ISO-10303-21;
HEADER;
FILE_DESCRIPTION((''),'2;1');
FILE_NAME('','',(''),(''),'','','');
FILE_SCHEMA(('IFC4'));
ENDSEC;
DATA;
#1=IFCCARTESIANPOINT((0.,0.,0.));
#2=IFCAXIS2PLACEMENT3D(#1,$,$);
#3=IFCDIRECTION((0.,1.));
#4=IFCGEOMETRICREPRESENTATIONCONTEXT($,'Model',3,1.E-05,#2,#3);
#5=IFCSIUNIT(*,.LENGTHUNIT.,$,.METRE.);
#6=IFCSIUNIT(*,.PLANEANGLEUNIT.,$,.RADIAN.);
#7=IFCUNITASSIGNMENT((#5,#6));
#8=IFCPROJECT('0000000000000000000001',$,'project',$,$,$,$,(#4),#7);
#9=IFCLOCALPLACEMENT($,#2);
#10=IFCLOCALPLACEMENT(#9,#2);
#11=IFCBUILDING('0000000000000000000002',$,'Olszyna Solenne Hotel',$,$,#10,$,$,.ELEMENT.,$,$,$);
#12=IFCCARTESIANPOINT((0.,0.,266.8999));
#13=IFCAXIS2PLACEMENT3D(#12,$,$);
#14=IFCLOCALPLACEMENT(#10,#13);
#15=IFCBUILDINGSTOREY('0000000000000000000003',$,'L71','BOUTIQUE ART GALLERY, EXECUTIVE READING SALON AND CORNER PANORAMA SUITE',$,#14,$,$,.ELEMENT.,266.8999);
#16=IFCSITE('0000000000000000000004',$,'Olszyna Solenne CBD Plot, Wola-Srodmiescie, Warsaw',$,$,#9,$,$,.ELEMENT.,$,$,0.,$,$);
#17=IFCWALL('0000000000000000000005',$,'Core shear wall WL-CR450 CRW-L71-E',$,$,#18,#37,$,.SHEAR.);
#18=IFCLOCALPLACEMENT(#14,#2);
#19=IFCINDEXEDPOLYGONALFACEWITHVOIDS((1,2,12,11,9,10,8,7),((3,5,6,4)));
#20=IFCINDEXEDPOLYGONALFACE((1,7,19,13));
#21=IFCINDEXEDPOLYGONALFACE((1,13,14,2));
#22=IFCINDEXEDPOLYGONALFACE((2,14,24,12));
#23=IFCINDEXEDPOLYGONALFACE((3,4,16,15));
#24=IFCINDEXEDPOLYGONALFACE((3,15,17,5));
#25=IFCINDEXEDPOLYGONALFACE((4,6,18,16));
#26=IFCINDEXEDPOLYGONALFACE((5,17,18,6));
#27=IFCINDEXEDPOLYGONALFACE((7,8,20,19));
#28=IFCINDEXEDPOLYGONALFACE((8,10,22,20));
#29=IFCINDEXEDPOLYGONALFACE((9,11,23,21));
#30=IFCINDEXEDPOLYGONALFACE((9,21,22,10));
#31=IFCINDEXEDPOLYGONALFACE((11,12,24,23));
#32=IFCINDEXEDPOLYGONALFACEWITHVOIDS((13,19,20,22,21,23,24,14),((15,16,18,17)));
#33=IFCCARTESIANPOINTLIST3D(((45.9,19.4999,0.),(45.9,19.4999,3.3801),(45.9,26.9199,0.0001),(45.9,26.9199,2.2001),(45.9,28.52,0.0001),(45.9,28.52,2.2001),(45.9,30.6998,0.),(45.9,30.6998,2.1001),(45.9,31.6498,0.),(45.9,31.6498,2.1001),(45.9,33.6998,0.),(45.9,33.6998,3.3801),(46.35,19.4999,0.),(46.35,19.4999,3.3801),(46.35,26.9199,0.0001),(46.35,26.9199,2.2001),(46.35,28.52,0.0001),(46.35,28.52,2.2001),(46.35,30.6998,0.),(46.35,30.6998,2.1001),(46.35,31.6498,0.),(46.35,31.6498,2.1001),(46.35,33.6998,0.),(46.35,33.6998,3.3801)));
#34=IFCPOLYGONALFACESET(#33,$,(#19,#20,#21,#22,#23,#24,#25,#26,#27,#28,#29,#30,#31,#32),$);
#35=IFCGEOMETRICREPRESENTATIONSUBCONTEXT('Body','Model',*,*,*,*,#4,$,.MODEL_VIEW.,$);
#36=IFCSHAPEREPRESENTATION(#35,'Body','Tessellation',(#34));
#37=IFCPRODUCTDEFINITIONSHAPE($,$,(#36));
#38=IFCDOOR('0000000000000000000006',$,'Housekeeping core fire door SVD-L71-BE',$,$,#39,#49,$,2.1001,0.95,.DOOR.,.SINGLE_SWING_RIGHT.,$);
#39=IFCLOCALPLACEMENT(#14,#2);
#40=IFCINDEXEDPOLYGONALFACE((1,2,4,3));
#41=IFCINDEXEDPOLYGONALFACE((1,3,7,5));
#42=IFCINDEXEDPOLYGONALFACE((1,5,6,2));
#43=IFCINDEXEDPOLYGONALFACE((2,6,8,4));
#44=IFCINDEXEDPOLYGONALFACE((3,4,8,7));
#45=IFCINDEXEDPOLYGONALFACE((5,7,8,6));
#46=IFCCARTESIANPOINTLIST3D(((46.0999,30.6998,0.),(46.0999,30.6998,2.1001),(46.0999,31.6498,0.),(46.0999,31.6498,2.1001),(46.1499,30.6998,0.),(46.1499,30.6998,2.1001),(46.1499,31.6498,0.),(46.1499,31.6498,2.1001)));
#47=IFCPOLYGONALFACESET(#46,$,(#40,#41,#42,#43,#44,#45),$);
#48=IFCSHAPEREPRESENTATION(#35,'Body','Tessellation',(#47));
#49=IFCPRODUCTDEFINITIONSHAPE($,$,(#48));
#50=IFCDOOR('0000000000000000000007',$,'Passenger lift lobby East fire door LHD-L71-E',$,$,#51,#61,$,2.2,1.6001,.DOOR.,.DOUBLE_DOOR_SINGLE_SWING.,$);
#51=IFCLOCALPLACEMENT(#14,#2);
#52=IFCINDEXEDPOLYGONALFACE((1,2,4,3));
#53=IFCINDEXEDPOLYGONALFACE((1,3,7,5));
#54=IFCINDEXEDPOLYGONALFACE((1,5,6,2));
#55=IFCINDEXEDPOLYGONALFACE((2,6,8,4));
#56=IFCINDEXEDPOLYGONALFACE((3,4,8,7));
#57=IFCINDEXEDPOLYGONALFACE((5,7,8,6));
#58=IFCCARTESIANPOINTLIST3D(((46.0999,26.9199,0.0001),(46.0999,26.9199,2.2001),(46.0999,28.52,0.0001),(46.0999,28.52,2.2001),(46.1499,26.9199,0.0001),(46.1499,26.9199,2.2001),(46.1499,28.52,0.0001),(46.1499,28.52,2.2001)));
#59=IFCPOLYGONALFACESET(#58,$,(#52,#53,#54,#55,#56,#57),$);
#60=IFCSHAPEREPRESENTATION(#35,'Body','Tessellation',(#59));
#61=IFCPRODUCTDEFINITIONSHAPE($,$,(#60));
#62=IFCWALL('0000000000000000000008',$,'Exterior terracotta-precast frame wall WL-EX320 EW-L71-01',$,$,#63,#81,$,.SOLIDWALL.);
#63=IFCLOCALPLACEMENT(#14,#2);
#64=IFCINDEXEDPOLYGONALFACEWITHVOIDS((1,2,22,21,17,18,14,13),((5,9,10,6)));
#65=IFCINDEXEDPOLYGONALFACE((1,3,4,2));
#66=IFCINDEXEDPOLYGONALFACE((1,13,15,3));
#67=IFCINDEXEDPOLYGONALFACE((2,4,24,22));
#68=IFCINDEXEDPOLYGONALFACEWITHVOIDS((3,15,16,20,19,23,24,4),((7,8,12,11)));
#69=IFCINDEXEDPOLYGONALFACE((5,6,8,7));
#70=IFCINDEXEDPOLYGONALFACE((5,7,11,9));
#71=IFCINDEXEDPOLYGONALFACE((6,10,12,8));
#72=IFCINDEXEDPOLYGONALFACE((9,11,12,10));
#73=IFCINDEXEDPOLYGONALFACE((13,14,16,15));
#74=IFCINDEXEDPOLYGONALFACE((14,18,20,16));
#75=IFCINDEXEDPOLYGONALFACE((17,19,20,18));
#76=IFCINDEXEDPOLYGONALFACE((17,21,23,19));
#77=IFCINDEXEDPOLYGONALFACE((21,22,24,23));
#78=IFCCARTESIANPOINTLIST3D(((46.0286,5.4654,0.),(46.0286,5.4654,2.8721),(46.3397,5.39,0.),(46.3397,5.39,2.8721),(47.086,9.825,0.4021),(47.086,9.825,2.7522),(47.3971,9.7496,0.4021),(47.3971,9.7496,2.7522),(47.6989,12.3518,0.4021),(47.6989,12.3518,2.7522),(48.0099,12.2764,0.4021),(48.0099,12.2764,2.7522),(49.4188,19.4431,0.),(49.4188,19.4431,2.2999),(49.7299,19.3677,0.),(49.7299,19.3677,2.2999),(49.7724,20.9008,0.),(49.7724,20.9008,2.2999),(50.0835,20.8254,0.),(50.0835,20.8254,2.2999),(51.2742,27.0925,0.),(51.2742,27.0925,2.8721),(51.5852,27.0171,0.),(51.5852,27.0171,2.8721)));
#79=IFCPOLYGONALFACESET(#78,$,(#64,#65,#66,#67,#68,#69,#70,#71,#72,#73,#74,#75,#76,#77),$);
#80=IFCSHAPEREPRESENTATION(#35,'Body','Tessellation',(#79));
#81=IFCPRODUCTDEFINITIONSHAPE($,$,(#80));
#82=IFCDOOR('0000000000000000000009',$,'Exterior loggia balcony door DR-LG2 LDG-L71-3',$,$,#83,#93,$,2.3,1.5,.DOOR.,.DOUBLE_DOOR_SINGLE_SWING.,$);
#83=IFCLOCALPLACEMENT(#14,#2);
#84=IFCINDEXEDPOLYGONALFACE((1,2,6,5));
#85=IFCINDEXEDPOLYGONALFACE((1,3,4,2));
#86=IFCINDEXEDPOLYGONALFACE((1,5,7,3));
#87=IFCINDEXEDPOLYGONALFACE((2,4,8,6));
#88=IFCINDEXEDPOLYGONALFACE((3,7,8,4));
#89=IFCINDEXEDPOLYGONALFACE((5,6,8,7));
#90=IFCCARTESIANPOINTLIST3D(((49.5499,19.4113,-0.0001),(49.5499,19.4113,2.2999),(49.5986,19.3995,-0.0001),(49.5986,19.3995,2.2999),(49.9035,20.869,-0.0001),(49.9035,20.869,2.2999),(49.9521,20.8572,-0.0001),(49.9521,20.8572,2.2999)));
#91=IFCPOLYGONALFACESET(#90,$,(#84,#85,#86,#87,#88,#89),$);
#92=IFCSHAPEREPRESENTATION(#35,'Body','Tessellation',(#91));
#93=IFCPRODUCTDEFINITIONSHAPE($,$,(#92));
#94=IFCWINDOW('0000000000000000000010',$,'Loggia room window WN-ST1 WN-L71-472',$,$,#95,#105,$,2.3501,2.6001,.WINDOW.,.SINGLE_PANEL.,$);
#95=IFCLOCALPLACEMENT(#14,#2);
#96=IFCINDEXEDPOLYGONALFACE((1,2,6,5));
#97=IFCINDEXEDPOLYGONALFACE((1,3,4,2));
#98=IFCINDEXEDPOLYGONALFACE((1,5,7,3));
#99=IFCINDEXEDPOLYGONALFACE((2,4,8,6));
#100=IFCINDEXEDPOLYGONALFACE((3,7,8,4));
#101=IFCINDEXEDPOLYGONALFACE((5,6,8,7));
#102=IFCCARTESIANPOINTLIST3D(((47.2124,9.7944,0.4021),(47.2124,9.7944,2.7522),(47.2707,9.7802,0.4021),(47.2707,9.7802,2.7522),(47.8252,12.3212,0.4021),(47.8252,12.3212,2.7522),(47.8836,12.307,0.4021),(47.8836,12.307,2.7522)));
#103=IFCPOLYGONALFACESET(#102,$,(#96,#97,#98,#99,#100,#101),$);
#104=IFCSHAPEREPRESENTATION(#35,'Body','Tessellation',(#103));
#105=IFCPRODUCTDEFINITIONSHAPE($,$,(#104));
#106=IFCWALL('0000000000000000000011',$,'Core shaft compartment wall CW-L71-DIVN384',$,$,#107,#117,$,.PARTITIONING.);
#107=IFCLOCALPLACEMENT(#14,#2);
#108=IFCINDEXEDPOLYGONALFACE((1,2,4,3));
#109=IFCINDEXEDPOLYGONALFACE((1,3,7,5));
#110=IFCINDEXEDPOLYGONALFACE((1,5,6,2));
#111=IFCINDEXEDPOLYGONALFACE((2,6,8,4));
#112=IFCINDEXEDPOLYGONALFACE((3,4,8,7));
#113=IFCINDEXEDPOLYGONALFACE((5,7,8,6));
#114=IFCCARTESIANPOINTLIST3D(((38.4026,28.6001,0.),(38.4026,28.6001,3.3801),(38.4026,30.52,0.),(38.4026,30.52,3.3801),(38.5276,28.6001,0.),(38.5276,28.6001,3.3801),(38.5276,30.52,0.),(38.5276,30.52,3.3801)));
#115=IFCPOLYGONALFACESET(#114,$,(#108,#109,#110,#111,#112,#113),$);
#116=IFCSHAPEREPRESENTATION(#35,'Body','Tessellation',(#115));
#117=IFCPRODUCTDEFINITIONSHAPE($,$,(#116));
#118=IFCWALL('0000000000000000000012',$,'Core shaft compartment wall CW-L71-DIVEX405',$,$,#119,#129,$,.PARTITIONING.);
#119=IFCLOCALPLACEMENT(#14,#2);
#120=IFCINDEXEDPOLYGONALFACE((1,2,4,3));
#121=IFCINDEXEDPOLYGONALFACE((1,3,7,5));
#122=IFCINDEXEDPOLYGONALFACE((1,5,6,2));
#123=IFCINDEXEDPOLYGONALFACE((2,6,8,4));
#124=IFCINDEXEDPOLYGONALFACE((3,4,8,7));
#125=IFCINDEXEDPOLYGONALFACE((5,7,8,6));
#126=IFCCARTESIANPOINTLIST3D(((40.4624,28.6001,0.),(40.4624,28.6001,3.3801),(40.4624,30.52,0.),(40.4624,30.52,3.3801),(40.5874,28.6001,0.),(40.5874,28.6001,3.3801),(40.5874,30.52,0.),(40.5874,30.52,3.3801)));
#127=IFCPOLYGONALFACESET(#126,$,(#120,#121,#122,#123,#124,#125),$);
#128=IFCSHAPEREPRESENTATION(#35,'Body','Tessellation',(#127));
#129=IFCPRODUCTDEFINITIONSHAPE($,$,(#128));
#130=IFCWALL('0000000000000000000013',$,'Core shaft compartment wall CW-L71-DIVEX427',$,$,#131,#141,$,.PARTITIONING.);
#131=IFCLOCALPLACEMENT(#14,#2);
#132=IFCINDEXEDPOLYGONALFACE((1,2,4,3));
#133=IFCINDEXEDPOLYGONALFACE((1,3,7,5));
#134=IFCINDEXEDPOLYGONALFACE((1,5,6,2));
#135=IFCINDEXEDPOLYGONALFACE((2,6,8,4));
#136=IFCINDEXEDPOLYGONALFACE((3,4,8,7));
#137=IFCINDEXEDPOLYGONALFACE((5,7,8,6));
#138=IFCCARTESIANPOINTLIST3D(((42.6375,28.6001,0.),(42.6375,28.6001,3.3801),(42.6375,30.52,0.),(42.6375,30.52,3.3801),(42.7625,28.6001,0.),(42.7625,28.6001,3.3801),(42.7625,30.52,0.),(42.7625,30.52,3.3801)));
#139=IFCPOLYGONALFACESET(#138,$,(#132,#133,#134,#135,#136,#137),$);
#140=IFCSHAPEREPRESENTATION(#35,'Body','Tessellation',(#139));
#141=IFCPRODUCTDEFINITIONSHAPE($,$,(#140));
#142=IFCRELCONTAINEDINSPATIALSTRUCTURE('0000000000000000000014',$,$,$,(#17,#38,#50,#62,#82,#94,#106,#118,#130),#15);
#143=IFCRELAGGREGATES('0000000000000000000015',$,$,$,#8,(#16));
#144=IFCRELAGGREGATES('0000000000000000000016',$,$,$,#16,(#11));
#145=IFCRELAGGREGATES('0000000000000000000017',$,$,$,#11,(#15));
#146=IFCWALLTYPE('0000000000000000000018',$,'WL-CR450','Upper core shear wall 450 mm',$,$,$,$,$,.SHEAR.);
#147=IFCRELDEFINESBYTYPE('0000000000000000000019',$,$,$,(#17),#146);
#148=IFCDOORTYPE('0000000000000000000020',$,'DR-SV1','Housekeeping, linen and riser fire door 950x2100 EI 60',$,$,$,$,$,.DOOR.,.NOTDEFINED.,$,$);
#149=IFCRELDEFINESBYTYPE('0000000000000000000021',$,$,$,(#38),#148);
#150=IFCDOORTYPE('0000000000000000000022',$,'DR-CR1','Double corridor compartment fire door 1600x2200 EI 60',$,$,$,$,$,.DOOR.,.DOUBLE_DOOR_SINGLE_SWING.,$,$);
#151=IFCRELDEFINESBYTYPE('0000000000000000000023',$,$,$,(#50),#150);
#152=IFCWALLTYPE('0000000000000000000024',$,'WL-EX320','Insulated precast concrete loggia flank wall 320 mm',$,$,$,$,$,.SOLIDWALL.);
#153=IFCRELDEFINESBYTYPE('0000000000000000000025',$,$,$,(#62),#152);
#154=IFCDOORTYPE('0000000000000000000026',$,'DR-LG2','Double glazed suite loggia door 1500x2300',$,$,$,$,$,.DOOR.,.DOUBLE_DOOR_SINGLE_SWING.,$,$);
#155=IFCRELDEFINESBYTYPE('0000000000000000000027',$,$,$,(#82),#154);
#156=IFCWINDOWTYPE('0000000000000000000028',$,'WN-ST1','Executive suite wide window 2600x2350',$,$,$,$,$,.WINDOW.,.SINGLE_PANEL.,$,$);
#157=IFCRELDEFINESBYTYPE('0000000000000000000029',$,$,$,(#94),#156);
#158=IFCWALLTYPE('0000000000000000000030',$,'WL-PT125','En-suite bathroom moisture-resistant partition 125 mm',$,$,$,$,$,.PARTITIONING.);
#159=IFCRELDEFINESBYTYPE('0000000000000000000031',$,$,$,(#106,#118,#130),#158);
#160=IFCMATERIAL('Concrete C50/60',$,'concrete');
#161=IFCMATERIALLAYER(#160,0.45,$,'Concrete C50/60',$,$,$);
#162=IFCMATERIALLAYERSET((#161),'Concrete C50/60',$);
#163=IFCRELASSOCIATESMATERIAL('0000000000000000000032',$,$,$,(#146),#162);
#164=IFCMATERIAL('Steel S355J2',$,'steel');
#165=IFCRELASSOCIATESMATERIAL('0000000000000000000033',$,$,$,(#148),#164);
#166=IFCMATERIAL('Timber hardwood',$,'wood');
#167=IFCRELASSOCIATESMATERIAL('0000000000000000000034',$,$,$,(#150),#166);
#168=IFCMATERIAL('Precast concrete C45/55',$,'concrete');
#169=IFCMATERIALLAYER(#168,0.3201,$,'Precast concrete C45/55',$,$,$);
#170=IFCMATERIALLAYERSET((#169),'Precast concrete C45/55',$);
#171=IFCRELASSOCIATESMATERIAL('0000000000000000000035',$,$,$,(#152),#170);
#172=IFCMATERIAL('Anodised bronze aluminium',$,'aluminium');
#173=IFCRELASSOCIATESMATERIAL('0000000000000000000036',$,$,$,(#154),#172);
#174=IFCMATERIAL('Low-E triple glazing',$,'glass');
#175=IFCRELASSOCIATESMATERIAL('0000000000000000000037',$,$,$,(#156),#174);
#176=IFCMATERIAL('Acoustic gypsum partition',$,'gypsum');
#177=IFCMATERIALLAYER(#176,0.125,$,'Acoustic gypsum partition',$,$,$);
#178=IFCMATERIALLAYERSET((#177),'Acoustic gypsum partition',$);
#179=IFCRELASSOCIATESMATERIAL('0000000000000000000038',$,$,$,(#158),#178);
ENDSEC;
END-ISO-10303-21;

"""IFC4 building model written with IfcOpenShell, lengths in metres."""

from ifc_helpers import new_model, si_unit, direction, frame, frame_2d, origin, place, context, subcontext, project, spatial, rectangle, extrude, source, transform, mapped, material, layer, layer_set, type_object, type_shapes, element, fill, save


model = new_model("IFC4")

# Units and contexts
model_context = context("Model", 3, precision=1e-05, world=origin(), true_north=direction((0.0, 1.0)))
body_context = subcontext(model_context, "Body", "Model", "MODEL_VIEW")
ifc_project = project(units=[si_unit("LENGTHUNIT", "METRE"), si_unit("PLANEANGLEUNIT", "RADIAN")], contexts=[model_context])

# Site, building, storey
site_placement = place(None, origin())
site = spatial("IfcSite", under=ifc_project, at=site_placement, Name="Olszyna Solenne CBD Plot, Wola-Srodmiescie, Warsaw", CompositionType="ELEMENT", RefElevation=0.0)
building_placement = place(site_placement, origin())
building = spatial("IfcBuilding", under=site, at=building_placement, Name="Olszyna Solenne Hotel", CompositionType="ELEMENT")
storey_placement = place(building_placement, frame((0.0, 0.0, 266.8999)))
storey = spatial("IfcBuildingStorey", under=building, at=storey_placement, Name="L71", Description="BOUTIQUE ART GALLERY, EXECUTIVE READING SALON AND CORNER PANORAMA SUITE", CompositionType="ELEMENT", Elevation=266.8999)

# Shared definitions
ifc_material_1 = material(Name="Steel S355J2", Category="steel")

# Wall, openings, doors
ifc_material_2 = material(Name="Concrete C50/60", Category="concrete")
ifc_layer_1 = layer(ifc_material_2, 0.45, Name="Concrete C50/60")
ifc_layer_set_1 = layer_set([ifc_layer_1], Name="Concrete C50/60")
wall_type_1 = type_object("IfcWallType", Name="WL-CR450", Description="Upper core shear wall 450 mm", PredefinedType="SHEAR", material=ifc_layer_set_1)
wall_1_placement = place(storey_placement, frame((46.125, 33.7, 0.0), z_axis=(0.0, 0.0, 1.0), x_axis=(0.0, -1.0, 0.0)))
wall_1 = element("IfcWall", 1, at=wall_1_placement, inside=storey, type_object=wall_type_1, Name="Core shear wall WL-CR450 CRW-L71-E", PredefinedType="SHEAR", context=body_context, shape_type="SweptSolid", body=[
    extrude(rectangle(XDim=14.2, YDim=0.45, at=frame_2d((7.1001, 0.0))), origin(), (0.0, 0.0, 1.0), 3.3801),
])
opening_1_placement = place(wall_1_placement, frame((5.1799, 0.0, 0.0)))
opening_1 = element("IfcOpeningElement", 2, at=opening_1_placement, cuts=wall_1, PredefinedType="OPENING", context=body_context, shape_type="SweptSolid", body=[
    extrude(rectangle(XDim=1.6001, YDim=2.2, at=frame_2d((0.8, 1.1001))), frame((0.0, 0.2349, 0.0), z_axis=(0.0, -1.0, 0.0), x_axis=(1.0, 0.0, 0.0)), (0.0, 0.0, 1.0), 0.47),
])
opening_2_placement = place(wall_1_placement, frame((2.05, 0.0, 0.0)))
opening_2 = element("IfcOpeningElement", 3, at=opening_2_placement, cuts=wall_1, PredefinedType="OPENING", context=body_context, shape_type="SweptSolid", body=[
    extrude(rectangle(XDim=0.95, YDim=2.1001, at=frame_2d((0.4751, 1.05))), frame((0.0, 0.2349, 0.0), z_axis=(0.0, -1.0, 0.0), x_axis=(1.0, 0.0, 0.0)), (0.0, 0.0, 1.0), 0.47),
])
door_type_1 = type_object("IfcDoorType", Name="DR-SV1", Description="Housekeeping, linen and riser fire door 950x2100 EI 60", OperationType="NOTDEFINED", PredefinedType="DOOR", material=ifc_material_1)
shared_shape_1 = source(origin(), body_context, "Body", "SweptSolid", [
    extrude(rectangle(XDim=0.95, YDim=2.1001, at=frame_2d((0.4751, 1.05))), frame((0.0, 0.0249, 0.0), z_axis=(0.0, -1.0, 0.0), x_axis=(1.0, 0.0, 0.0)), (0.0, 0.0, 1.0), 0.05),
])
type_shapes(door_type_1, [shared_shape_1])
door_1_placement = place(opening_2_placement, origin())
door_1 = element("IfcDoor", 4, at=door_1_placement, inside=storey, type_object=door_type_1, Name="Housekeeping core fire door SVD-L71-BE", OperationType="SINGLE_SWING_RIGHT", OverallHeight=2.1001, OverallWidth=0.95, PredefinedType="DOOR", context=body_context, shape_type="MappedRepresentation", body=[
    mapped(shared_shape_1, transform((0.0, 0.0, 0.0), x_axis=(1.0, 0.0, 0.0), y_axis=(0.0, 1.0, 0.0), z_axis=(0.0, 0.0, 1.0), scale=1.0)),
])
fill(opening_2, door_1)
ifc_material_3 = material(Name="Timber hardwood", Category="wood")
door_type_2 = type_object("IfcDoorType", Name="DR-CR1", Description="Double corridor compartment fire door 1600x2200 EI 60", OperationType="DOUBLE_DOOR_SINGLE_SWING", PredefinedType="DOOR", material=ifc_material_3)
shared_shape_2 = source(origin(), body_context, "Body", "SweptSolid", [
    extrude(rectangle(XDim=1.6001, YDim=2.2, at=frame_2d((0.8, 1.1001))), frame((0.0, 0.0249, 0.0), z_axis=(0.0, -1.0, 0.0), x_axis=(1.0, 0.0, 0.0)), (0.0, 0.0, 1.0), 0.05),
])
type_shapes(door_type_2, [shared_shape_2])
door_2_placement = place(opening_1_placement, origin())
door_2 = element("IfcDoor", 5, at=door_2_placement, inside=storey, type_object=door_type_2, Name="Passenger lift lobby East fire door LHD-L71-E", OperationType="DOUBLE_DOOR_SINGLE_SWING", OverallHeight=2.2, OverallWidth=1.6001, PredefinedType="DOOR", context=body_context, shape_type="MappedRepresentation", body=[
    mapped(shared_shape_2, transform((0.0, 0.0, 0.0), x_axis=(1.0, 0.0, 0.0), y_axis=(0.0, 1.0, 0.0), z_axis=(0.0, 0.0, 1.0), scale=1.0)),
])
fill(opening_1, door_2)

# Wall, openings, door, window
ifc_material_4 = material(Name="Precast concrete C45/55", Category="concrete")
ifc_layer_2 = layer(ifc_material_4, 0.3201, Name="Precast concrete C45/55")
ifc_layer_set_2 = layer_set([ifc_layer_2], Name="Precast concrete C45/55")
wall_type_2 = type_object("IfcWallType", Name="WL-EX320", Description="Insulated precast concrete loggia flank wall 320 mm", PredefinedType="SOLIDWALL", material=ifc_layer_set_2)
wall_2_placement = place(storey_placement, frame((51.4297, 27.0547, 0.0), z_axis=(0.0, 0.0, 1.0), x_axis=(-0.235712, -0.971823, 0.0)))
wall_2 = element("IfcWall", 6, at=wall_2_placement, inside=storey, type_object=wall_type_2, Name="Exterior terracotta-precast frame wall WL-EX320 EW-L71-01", PredefinedType="SOLIDWALL", context=body_context, shape_type="SweptSolid", body=[
    extrude(rectangle(XDim=22.2542, YDim=0.3201, at=frame_2d((11.127, 0.0))), origin(), (0.0, 0.0, 1.0), 2.8721),
])
opening_3_placement = place(wall_2_placement, frame((6.3711, 0.0, 0.0)))
opening_3 = element("IfcOpeningElement", 7, at=opening_3_placement, cuts=wall_2, PredefinedType="OPENING", context=body_context, shape_type="SweptSolid", body=[
    extrude(rectangle(XDim=1.5, YDim=2.3, at=frame_2d((0.75, 1.1499))), frame((0.0, 0.1699, 0.0), z_axis=(0.0, -1.0, 0.0), x_axis=(1.0, 0.0, 0.0)), (0.0, 0.0, 1.0), 0.3401),
])
opening_4_placement = place(wall_2_placement, frame((15.168, 0.0, 0.4021)))
opening_4 = element("IfcOpeningElement", 8, at=opening_4_placement, cuts=wall_2, PredefinedType="OPENING", context=body_context, shape_type="SweptSolid", body=[
    extrude(rectangle(XDim=2.6001, YDim=2.3501, at=frame_2d((1.3, 1.175))), frame((0.0, 0.1699, 0.0), z_axis=(0.0, -1.0, 0.0), x_axis=(1.0, 0.0, 0.0)), (0.0, 0.0, 1.0), 0.3401),
])
ifc_material_5 = material(Name="Anodised bronze aluminium", Category="aluminium")
door_type_3 = type_object("IfcDoorType", Name="DR-LG2", Description="Double glazed suite loggia door 1500x2300", OperationType="DOUBLE_DOOR_SINGLE_SWING", PredefinedType="DOOR", material=ifc_material_5)
shared_shape_3 = source(origin(), body_context, "Body", "SweptSolid", [
    extrude(rectangle(XDim=1.5, YDim=2.3, at=frame_2d((0.75, 1.1499))), frame((0.0, 0.0249, 0.0), z_axis=(0.0, -1.0, 0.0), x_axis=(1.0, 0.0, 0.0)), (0.0, 0.0, 1.0), 0.05),
])
type_shapes(door_type_3, [shared_shape_3])
door_3_placement = place(opening_3_placement, origin())
door_3 = element("IfcDoor", 9, at=door_3_placement, inside=storey, type_object=door_type_3, Name="Exterior loggia balcony door DR-LG2 LDG-L71-3", OperationType="DOUBLE_DOOR_SINGLE_SWING", OverallHeight=2.3, OverallWidth=1.5, PredefinedType="DOOR", context=body_context, shape_type="MappedRepresentation", body=[
    mapped(shared_shape_3, transform((0.0, 0.0, 0.0), x_axis=(1.0, 0.0, 0.0), y_axis=(0.0, 1.0, 0.0), z_axis=(0.0, 0.0, 1.0), scale=1.0)),
])
fill(opening_3, door_3)
ifc_material_6 = material(Name="Low-E triple glazing", Category="glass")
window_type = type_object("IfcWindowType", Name="WN-ST1", Description="Executive suite wide window 2600x2350", PartitioningType="SINGLE_PANEL", PredefinedType="WINDOW", material=ifc_material_6)
shared_shape_4 = source(origin(), body_context, "Body", "SweptSolid", [
    extrude(rectangle(XDim=2.6001, YDim=2.3501, at=frame_2d((1.3, 1.175))), frame((0.0, 0.03, 0.0), z_axis=(0.0, -1.0, 0.0), x_axis=(1.0, 0.0, 0.0)), (0.0, 0.0, 1.0), 0.0601),
])
type_shapes(window_type, [shared_shape_4])
window_placement = place(opening_4_placement, origin())
window = element("IfcWindow", 10, at=window_placement, inside=storey, type_object=window_type, Name="Loggia room window WN-ST1 WN-L71-472", OverallHeight=2.3501, OverallWidth=2.6001, PartitioningType="SINGLE_PANEL", PredefinedType="WINDOW", context=body_context, shape_type="MappedRepresentation", body=[
    mapped(shared_shape_4, transform((0.0, 0.0, 0.0), x_axis=(1.0, 0.0, 0.0), y_axis=(0.0, 1.0, 0.0), z_axis=(0.0, 0.0, 1.0), scale=1.0)),
])
fill(opening_4, window)

# Walls
ifc_material_7 = material(Name="Acoustic gypsum partition", Category="gypsum")
ifc_layer_3 = layer(ifc_material_7, 0.125, Name="Acoustic gypsum partition")
ifc_layer_set_3 = layer_set([ifc_layer_3], Name="Acoustic gypsum partition")
wall_type_3 = type_object("IfcWallType", Name="WL-PT125", Description="En-suite bathroom moisture-resistant partition 125 mm", PredefinedType="PARTITIONING", material=ifc_layer_set_3)
for number, where, z_axis, x_axis, name in (
    (11, (38.4651, 28.6001, 0.0), (0.0, 0.0, 1.0), (0.0, 1.0, 0.0), "Core shaft compartment wall CW-L71-DIVN384"),
    (12, (40.5249, 28.6001, 0.0), (0.0, 0.0, 1.0), (0.0, 1.0, 0.0), "Core shaft compartment wall CW-L71-DIVEX405"),
    (13, (42.7, 28.6001, 0.0), (0.0, 0.0, 1.0), (0.0, 1.0, 0.0), "Core shaft compartment wall CW-L71-DIVEX427"),
):
    element("IfcWall", number, at=place(storey_placement, frame(where, z_axis=z_axis, x_axis=x_axis)), inside=storey, type_object=wall_type_3, Name=name, PredefinedType="PARTITIONING", context=body_context, shape_type="SweptSolid", body=[
        extrude(rectangle(XDim=1.9199, YDim=0.125, at=frame_2d((0.96, 0.0))), origin(), (0.0, 0.0, 1.0), 3.3801),
    ])

save(model, "model.ifc")
